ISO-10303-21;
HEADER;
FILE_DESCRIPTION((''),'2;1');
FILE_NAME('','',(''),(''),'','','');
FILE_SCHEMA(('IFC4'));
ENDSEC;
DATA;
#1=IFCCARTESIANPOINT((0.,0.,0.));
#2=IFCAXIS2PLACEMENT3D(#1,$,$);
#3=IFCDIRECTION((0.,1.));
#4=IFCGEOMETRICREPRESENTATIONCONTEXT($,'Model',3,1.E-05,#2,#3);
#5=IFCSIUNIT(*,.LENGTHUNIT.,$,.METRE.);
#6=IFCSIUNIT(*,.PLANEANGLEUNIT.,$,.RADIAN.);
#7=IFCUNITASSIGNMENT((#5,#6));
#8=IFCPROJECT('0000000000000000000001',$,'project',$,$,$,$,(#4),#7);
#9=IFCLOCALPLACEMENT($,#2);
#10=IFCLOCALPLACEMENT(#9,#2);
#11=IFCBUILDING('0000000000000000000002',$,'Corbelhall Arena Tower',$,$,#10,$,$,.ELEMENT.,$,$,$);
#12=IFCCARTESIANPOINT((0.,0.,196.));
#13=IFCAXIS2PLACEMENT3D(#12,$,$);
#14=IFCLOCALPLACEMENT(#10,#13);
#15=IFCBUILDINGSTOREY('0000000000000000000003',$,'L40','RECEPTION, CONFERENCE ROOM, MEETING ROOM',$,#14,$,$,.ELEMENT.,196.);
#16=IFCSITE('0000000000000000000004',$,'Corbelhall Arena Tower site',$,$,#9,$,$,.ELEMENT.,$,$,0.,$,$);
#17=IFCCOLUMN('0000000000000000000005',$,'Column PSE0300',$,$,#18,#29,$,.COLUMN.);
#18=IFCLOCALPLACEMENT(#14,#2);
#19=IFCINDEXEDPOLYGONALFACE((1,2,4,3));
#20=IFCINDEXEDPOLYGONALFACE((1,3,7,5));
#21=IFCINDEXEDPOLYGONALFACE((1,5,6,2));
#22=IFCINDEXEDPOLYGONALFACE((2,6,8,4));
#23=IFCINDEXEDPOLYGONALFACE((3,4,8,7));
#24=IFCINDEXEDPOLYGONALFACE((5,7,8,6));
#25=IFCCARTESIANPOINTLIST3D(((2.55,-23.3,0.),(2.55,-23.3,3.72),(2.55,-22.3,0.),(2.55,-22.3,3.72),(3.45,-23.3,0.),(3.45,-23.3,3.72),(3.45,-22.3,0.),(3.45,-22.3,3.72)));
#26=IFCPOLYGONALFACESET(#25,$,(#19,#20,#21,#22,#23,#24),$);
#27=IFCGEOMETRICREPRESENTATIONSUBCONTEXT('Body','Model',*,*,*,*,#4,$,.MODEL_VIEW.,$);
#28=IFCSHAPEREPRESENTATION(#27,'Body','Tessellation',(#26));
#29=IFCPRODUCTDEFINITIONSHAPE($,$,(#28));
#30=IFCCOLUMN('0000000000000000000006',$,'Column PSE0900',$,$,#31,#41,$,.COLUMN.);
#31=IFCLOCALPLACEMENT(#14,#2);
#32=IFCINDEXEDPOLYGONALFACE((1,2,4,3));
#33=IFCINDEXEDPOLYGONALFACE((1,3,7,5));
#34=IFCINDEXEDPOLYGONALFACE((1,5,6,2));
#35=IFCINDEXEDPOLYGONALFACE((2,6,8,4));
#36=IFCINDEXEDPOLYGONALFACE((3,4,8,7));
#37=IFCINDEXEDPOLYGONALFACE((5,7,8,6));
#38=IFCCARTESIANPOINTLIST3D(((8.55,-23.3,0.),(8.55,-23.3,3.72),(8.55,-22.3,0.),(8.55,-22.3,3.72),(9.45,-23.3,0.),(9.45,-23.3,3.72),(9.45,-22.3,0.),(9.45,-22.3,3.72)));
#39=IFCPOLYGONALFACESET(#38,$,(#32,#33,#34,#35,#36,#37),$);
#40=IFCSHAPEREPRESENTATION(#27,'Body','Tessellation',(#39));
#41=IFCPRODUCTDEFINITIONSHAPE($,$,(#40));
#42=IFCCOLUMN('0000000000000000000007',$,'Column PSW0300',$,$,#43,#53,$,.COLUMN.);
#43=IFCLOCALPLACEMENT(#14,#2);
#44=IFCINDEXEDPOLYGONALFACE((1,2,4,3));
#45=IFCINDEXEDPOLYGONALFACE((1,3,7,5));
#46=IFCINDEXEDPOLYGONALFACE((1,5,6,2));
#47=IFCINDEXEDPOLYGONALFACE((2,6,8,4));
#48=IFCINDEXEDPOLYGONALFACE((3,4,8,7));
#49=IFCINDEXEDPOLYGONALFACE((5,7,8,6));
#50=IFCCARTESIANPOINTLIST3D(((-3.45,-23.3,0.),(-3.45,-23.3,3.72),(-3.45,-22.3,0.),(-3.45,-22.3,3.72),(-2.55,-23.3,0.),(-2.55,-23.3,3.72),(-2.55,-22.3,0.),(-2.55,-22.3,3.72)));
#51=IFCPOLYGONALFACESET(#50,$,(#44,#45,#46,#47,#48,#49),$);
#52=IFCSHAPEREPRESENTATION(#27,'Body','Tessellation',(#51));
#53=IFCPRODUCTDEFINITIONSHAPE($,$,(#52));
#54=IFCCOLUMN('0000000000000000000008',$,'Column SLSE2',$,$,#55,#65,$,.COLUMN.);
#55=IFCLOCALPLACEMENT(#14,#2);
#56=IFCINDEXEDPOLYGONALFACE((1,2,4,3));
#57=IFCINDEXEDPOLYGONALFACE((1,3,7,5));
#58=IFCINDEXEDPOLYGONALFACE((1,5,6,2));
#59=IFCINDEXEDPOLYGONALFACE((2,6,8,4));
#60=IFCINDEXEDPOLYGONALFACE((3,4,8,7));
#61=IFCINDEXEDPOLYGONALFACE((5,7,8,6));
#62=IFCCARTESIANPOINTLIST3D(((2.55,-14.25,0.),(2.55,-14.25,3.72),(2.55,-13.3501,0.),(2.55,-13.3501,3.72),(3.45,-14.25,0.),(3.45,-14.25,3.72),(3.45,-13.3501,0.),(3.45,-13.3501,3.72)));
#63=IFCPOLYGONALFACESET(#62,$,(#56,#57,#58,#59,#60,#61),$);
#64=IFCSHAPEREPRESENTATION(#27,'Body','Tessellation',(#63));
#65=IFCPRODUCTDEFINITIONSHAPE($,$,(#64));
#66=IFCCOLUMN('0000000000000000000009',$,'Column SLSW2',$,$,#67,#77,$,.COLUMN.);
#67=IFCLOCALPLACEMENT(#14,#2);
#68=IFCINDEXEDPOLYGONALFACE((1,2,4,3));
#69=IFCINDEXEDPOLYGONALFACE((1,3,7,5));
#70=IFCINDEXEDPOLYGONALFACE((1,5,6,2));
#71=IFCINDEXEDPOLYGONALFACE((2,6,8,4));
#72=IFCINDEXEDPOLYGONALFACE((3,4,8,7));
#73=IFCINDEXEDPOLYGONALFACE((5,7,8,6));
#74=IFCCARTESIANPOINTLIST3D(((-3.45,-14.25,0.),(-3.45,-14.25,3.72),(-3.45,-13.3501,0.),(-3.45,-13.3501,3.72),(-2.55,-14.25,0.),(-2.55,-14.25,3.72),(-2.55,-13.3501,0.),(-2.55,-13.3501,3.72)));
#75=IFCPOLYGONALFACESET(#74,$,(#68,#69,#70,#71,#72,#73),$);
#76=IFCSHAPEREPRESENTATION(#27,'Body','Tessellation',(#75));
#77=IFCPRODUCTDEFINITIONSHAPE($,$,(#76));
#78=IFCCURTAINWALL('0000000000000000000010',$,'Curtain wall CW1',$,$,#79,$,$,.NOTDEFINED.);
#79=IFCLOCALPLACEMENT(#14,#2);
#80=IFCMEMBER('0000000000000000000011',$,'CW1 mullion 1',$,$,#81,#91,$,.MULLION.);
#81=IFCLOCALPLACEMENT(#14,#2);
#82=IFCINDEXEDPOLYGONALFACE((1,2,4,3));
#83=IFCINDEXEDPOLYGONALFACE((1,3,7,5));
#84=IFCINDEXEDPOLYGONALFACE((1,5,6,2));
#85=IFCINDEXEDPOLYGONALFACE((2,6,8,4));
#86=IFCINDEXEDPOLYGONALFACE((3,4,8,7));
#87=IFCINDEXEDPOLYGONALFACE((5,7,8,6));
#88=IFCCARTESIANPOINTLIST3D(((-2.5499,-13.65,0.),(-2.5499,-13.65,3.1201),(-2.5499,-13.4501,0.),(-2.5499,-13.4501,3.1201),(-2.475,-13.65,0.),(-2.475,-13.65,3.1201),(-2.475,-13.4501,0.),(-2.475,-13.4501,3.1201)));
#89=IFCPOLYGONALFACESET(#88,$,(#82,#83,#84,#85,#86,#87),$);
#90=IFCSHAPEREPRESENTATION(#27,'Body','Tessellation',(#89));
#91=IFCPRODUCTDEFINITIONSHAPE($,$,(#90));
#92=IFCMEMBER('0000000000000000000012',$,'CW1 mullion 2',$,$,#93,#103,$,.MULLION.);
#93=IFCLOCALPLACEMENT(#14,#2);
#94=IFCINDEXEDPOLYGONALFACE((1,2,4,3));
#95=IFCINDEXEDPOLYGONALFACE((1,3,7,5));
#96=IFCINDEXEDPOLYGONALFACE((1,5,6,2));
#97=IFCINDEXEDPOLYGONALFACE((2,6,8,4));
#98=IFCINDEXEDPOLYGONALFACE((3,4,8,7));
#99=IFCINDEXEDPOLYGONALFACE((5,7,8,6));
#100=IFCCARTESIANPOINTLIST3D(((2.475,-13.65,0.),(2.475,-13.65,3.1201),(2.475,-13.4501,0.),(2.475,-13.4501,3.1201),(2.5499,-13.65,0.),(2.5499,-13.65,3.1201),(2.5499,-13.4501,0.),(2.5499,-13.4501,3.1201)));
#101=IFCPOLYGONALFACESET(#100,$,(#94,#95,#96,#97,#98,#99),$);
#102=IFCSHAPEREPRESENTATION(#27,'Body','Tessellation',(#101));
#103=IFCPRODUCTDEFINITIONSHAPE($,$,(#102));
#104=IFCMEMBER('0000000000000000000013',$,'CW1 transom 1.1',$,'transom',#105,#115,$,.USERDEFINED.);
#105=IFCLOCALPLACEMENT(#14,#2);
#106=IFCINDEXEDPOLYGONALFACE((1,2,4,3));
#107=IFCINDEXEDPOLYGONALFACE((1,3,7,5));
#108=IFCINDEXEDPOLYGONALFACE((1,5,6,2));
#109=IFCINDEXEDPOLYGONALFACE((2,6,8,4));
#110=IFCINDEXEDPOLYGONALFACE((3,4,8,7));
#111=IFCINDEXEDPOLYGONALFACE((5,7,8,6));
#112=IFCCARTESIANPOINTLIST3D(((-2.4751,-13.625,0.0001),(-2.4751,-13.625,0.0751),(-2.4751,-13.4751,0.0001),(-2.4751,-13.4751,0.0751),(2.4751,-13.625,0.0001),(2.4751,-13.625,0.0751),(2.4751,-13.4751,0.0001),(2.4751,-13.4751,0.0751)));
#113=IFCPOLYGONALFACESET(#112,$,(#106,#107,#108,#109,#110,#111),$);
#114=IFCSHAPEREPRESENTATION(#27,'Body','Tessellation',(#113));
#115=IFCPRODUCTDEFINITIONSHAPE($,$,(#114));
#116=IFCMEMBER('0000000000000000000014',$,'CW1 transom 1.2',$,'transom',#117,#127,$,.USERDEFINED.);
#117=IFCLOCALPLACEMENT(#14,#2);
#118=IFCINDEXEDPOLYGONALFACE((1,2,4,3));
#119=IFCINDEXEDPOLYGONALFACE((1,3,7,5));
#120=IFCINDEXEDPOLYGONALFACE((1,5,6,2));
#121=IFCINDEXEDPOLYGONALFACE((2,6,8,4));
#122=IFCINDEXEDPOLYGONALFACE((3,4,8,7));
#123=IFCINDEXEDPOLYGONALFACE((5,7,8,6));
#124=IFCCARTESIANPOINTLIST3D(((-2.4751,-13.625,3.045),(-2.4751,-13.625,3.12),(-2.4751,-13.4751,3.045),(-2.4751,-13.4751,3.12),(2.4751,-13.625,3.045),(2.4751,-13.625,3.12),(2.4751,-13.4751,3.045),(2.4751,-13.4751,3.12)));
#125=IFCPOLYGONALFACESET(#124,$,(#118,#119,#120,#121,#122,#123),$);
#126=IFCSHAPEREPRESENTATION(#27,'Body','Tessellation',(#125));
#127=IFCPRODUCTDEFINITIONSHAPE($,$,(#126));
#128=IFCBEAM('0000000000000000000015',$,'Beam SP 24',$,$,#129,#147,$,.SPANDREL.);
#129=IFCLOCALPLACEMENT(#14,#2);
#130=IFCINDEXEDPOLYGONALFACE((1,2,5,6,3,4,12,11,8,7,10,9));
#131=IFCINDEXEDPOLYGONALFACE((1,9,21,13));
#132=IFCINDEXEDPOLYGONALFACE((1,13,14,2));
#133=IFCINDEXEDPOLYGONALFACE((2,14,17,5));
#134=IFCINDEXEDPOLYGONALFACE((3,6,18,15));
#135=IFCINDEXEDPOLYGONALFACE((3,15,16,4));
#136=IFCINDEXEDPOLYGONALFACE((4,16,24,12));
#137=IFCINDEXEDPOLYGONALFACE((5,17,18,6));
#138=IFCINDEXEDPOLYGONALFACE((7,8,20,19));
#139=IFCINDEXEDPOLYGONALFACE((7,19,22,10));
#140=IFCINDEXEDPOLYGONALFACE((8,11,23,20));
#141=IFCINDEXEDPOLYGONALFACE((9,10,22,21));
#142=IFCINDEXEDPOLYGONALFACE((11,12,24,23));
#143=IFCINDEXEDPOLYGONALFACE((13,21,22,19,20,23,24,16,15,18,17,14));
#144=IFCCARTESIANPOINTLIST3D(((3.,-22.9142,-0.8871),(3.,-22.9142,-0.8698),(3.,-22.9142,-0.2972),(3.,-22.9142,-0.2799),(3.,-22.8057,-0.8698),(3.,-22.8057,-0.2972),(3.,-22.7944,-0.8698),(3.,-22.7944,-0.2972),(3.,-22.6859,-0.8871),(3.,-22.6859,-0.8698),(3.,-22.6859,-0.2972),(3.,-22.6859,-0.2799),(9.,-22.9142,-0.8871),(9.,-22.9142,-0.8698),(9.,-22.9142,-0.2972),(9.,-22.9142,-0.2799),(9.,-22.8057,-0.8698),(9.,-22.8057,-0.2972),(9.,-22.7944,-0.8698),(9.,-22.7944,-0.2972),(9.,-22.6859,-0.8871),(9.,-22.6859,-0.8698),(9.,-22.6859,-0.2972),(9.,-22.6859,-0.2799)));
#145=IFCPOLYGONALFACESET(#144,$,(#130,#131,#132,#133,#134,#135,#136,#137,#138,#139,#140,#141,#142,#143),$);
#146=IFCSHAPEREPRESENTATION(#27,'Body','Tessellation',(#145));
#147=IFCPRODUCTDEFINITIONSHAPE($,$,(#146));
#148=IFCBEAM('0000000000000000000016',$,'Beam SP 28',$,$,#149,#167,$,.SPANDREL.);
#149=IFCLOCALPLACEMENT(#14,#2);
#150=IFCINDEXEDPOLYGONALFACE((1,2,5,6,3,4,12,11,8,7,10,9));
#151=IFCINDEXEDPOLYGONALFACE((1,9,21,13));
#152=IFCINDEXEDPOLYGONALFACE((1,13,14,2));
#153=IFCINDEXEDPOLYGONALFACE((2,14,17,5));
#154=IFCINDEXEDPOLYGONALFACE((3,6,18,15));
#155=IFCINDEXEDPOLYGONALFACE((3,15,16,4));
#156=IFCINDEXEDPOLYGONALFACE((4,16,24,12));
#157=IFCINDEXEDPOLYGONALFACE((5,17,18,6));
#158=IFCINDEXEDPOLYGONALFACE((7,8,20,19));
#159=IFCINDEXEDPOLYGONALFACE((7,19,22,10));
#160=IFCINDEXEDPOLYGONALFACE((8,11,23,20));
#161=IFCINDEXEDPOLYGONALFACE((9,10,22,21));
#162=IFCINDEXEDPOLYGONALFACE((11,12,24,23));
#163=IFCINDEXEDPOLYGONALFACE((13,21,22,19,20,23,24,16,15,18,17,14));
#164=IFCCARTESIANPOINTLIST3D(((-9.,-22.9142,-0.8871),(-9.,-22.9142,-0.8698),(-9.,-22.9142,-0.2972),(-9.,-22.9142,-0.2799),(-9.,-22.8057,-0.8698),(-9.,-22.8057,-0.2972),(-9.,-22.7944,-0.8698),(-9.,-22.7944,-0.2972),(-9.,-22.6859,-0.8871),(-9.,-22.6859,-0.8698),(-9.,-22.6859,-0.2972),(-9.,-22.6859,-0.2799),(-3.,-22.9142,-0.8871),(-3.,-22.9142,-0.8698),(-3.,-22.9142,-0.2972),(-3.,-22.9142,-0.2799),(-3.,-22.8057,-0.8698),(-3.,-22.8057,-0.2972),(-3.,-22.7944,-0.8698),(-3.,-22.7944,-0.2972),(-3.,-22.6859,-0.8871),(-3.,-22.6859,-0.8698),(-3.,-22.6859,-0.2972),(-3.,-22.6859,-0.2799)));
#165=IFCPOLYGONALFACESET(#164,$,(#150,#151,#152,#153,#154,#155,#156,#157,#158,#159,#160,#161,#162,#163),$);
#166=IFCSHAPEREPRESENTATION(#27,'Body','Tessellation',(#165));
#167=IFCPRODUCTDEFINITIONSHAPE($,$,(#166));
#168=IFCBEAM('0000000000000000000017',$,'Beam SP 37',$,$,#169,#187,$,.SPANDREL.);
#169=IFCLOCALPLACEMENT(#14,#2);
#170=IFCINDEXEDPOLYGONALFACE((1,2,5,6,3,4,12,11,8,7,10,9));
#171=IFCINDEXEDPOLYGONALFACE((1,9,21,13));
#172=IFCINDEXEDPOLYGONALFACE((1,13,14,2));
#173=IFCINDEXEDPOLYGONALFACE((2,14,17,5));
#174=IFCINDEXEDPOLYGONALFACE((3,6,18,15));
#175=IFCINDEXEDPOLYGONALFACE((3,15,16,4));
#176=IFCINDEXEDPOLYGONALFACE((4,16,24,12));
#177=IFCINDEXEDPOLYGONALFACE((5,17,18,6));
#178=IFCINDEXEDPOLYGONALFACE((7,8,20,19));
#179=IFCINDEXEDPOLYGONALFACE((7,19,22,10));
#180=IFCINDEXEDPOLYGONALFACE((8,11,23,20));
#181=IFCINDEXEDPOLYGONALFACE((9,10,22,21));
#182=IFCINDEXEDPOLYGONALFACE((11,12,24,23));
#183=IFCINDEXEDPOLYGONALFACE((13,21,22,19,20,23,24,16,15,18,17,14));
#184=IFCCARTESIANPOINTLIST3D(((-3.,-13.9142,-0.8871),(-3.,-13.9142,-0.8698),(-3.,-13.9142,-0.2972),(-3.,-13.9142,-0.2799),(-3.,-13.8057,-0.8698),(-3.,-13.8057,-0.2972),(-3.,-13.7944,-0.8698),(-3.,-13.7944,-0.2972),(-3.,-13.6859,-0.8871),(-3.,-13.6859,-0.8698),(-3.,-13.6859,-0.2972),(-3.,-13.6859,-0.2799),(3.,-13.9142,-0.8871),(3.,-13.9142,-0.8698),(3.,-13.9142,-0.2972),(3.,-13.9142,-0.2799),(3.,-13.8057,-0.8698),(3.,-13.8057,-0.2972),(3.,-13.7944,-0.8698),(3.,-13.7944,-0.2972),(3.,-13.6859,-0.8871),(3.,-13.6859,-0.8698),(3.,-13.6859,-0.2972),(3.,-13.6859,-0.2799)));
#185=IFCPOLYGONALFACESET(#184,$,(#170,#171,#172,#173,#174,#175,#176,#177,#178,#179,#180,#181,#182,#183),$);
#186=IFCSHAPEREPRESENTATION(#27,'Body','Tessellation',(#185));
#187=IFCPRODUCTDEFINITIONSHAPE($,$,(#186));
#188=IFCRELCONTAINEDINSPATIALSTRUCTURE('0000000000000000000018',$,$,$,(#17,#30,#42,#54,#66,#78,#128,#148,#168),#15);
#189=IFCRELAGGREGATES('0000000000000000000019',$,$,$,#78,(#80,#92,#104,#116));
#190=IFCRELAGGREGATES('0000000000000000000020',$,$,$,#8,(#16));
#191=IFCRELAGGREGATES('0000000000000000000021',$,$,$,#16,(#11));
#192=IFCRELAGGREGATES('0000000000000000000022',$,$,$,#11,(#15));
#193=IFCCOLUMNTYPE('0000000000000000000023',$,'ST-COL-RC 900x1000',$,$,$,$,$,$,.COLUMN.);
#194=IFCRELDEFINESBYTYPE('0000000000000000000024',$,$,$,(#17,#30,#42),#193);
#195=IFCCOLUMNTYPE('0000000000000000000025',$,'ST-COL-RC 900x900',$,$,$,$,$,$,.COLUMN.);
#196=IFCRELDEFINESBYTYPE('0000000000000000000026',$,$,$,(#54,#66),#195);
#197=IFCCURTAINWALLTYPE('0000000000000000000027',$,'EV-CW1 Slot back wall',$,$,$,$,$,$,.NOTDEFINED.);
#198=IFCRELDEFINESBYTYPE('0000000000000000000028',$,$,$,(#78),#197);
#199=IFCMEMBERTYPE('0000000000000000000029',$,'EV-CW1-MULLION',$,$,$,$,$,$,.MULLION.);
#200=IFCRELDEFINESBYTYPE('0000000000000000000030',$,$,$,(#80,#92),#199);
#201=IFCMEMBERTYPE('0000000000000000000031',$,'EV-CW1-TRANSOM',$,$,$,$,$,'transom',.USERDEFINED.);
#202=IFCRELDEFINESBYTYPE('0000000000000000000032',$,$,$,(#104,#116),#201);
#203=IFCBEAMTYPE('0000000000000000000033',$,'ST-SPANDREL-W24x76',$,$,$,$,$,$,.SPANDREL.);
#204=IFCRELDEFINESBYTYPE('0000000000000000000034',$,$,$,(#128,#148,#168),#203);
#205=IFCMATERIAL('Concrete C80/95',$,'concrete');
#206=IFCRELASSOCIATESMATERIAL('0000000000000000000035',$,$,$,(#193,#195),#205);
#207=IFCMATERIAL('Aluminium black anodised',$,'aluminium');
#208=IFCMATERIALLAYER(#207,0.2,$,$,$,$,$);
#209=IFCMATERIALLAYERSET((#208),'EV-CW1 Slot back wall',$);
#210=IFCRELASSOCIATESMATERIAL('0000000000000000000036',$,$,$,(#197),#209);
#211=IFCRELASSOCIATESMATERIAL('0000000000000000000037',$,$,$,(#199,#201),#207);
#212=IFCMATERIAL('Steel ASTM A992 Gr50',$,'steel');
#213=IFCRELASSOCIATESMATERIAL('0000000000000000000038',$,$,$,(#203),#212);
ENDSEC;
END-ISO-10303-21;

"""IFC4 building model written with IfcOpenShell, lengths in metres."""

from ifc_helpers import new_model, si_unit, direction, frame, origin, origin_2d, place, context, subcontext, project, spatial, rectangle, i_section, extrude, material, layer, layer_set, material_profile, profile_set, type_object, element, aggregate, save


model = new_model("IFC4")

# Units and contexts
model_context = context("Model", 3, precision=1e-05, world=origin(), true_north=direction((0.0, 1.0)))
body_context = subcontext(model_context, "Body", "Model", "MODEL_VIEW")
ifc_project = project(units=[si_unit("LENGTHUNIT", "METRE"), si_unit("PLANEANGLEUNIT", "RADIAN")], contexts=[model_context])

# Site, building, storey
site_placement = place(None, origin())
site = spatial("IfcSite", under=ifc_project, at=site_placement, Name="Corbelhall Arena Tower site", CompositionType="ELEMENT", RefElevation=0.0)
building_placement = place(site_placement, origin())
building = spatial("IfcBuilding", under=site, at=building_placement, Name="Corbelhall Arena Tower", CompositionType="ELEMENT")
storey_placement = place(building_placement, frame((0.0, 0.0, 196.0)))
storey = spatial("IfcBuildingStorey", under=building, at=storey_placement, Name="L40", Description="RECEPTION, CONFERENCE ROOM, MEETING ROOM", CompositionType="ELEMENT", Elevation=196.0)

# Columns
ifc_material_1 = material(Name="Concrete C80/95", Category="concrete")
ifc_material_profile_1 = material_profile(ifc_material_1, rectangle(XDim=0.8999, YDim=1.0, at=origin_2d()))
ifc_profile_set_1 = profile_set([ifc_material_profile_1], Name="Concrete C80/95")
column_type_1 = type_object("IfcColumnType", Name="ST-COL-RC 900x1000", PredefinedType="COLUMN", material=ifc_profile_set_1)
for number, where, z_axis, x_axis, name in (
    (1, (3.0, -22.8, 0.0), (0.0, 0.0, 1.0), (1.0, 0.0, 0.0), "Column PSE0300"),
    (2, (9.0, -22.8, 0.0), (0.0, 0.0, 1.0), (1.0, 0.0, 0.0), "Column PSE0900"),
    (3, (-3.0, -22.8, 0.0), (0.0, 0.0, 1.0), (1.0, 0.0, 0.0), "Column PSW0300"),
):
    element("IfcColumn", number, at=place(storey_placement, frame(where, z_axis=z_axis, x_axis=x_axis)), inside=storey, type_object=column_type_1, Name=name, PredefinedType="COLUMN", context=body_context, shape_type="SweptSolid", body=[
        extrude(rectangle(XDim=0.8999, YDim=1.0, at=origin_2d()), origin(), (0.0, 0.0, 1.0), 3.72),
    ])
ifc_material_profile_2 = material_profile(ifc_material_1, rectangle(XDim=0.8999, YDim=0.8999, at=origin_2d()))
ifc_profile_set_2 = profile_set([ifc_material_profile_2], Name="Concrete C80/95")
column_type_2 = type_object("IfcColumnType", Name="ST-COL-RC 900x900", PredefinedType="COLUMN", material=ifc_profile_set_2)
for number, where, z_axis, x_axis, name in (
    (4, (3.0, -13.8, 0.0), (0.0, 0.0, 1.0), (1.0, 0.0, 0.0), "Column SLSE2"),
    (5, (-3.0, -13.8, 0.0), (0.0, 0.0, 1.0), (1.0, 0.0, 0.0), "Column SLSW2"),
):
    element("IfcColumn", number, at=place(storey_placement, frame(where, z_axis=z_axis, x_axis=x_axis)), inside=storey, type_object=column_type_2, Name=name, PredefinedType="COLUMN", context=body_context, shape_type="SweptSolid", body=[
        extrude(rectangle(XDim=0.8999, YDim=0.8999, at=origin_2d()), origin(), (0.0, 0.0, 1.0), 3.72),
    ])

# Curtain wall, members
ifc_material_2 = material(Name="Aluminium black anodised", Category="aluminium")
ifc_layer_1 = layer(ifc_material_2, 0.2)
ifc_layer_set_1 = layer_set([ifc_layer_1], Name="EV-CW1 Slot back wall")
curtain_wall_type = type_object("IfcCurtainWallType", Name="EV-CW1 Slot back wall", PredefinedType="NOTDEFINED", material=ifc_layer_set_1)
curtain_wall_placement = place(storey_placement, origin())
curtain_wall = element("IfcCurtainWall", 6, at=curtain_wall_placement, inside=storey, type_object=curtain_wall_type, Name="Curtain wall CW1", PredefinedType="NOTDEFINED")
ifc_material_profile_3 = material_profile(ifc_material_2, rectangle(XDim=0.2, YDim=0.075, at=origin_2d()))
ifc_profile_set_3 = profile_set([ifc_material_profile_3], Name="Aluminium black anodised")
member_type_1 = type_object("IfcMemberType", Name="EV-CW1-MULLION", PredefinedType="MULLION", material=ifc_profile_set_3)
member_1_placement = place(storey_placement, frame((-2.5125, -13.55, 0.0), z_axis=(0.0, 0.0, 1.0), x_axis=(0.0, 1.0, 0.0)))
member_1 = element("IfcMember", 7, at=member_1_placement, type_object=member_type_1, Name="CW1 mullion 1", PredefinedType="MULLION", context=body_context, shape_type="SweptSolid", body=[
    extrude(rectangle(XDim=0.2, YDim=0.075, at=origin_2d()), origin(), (0.0, 0.0, 1.0), 3.1201),
])
member_2_placement = place(storey_placement, frame((2.5125, -13.55, 0.0), z_axis=(0.0, 0.0, 1.0), x_axis=(0.0, 1.0, 0.0)))
member_2 = element("IfcMember", 8, at=member_2_placement, type_object=member_type_1, Name="CW1 mullion 2", PredefinedType="MULLION", context=body_context, shape_type="SweptSolid", body=[
    extrude(rectangle(XDim=0.2, YDim=0.075, at=origin_2d()), origin(), (0.0, 0.0, 1.0), 3.1201),
])
ifc_material_profile_4 = material_profile(ifc_material_2, rectangle(XDim=0.1499, YDim=0.075, at=origin_2d()))
ifc_profile_set_4 = profile_set([ifc_material_profile_4], Name="Aluminium black anodised")
member_type_2 = type_object("IfcMemberType", Name="EV-CW1-TRANSOM", ElementType="transom", PredefinedType="USERDEFINED", material=ifc_profile_set_4)
member_3_placement = place(storey_placement, frame((-2.4751, -13.55, 0.0376), z_axis=(1.0, 0.0, 0.0), x_axis=(0.0, 1.0, 0.0)))
member_3 = element("IfcMember", 9, at=member_3_placement, type_object=member_type_2, Name="CW1 transom 1.1", ObjectType="transom", PredefinedType="USERDEFINED", context=body_context, shape_type="SweptSolid", body=[
    extrude(rectangle(XDim=0.1499, YDim=0.075, at=origin_2d()), origin(), (0.0, 0.0, 1.0), 4.9502),
])
member_4_placement = place(storey_placement, frame((-2.4751, -13.55, 3.0825), z_axis=(1.0, 0.0, 0.0), x_axis=(0.0, 1.0, 0.0)))
member_4 = element("IfcMember", 10, at=member_4_placement, type_object=member_type_2, Name="CW1 transom 1.2", ObjectType="transom", PredefinedType="USERDEFINED", context=body_context, shape_type="SweptSolid", body=[
    extrude(rectangle(XDim=0.1499, YDim=0.075, at=origin_2d()), origin(), (0.0, 0.0, 1.0), 4.9502),
])

# Beams
ifc_material_3 = material(Name="Steel ASTM A992 Gr50", Category="steel")
ifc_material_profile_5 = material_profile(ifc_material_3, i_section(OverallWidth=0.2283, OverallDepth=0.6072, WebThickness=0.0112, FlangeThickness=0.0173, at=origin_2d()))
ifc_profile_set_5 = profile_set([ifc_material_profile_5], Name="Steel ASTM A992 Gr50")
beam_type_1 = type_object("IfcBeamType", Name="ST-SPANDREL-W24x76", PredefinedType="SPANDREL", material=ifc_profile_set_5)
for number, where, z_axis, x_axis, name in (
    (11, (9.0, -22.8, -0.5835), (-1.0, 0.0, 0.0), (0.0, -1.0, 0.0), "Beam SP 24"),
    (12, (-3.0, -22.8, -0.5835), (-1.0, 0.0, 0.0), (0.0, -1.0, 0.0), "Beam SP 28"),
    (13, (3.0, -13.8, -0.5835), (-1.0, 0.0, 0.0), (0.0, -1.0, 0.0), "Beam SP 37"),
):
    element("IfcBeam", number, at=place(storey_placement, frame(where, z_axis=z_axis, x_axis=x_axis)), inside=storey, type_object=beam_type_1, Name=name, PredefinedType="SPANDREL", context=body_context, shape_type="SweptSolid", body=[
        extrude(i_section(OverallWidth=0.2283, OverallDepth=0.6072, WebThickness=0.0112, FlangeThickness=0.0173, at=origin_2d()), origin(), (0.0, 0.0, 1.0), 6.0),
    ])

aggregate(curtain_wall, [member_1, member_2, member_3, member_4])

save(model, "model.ifc")
